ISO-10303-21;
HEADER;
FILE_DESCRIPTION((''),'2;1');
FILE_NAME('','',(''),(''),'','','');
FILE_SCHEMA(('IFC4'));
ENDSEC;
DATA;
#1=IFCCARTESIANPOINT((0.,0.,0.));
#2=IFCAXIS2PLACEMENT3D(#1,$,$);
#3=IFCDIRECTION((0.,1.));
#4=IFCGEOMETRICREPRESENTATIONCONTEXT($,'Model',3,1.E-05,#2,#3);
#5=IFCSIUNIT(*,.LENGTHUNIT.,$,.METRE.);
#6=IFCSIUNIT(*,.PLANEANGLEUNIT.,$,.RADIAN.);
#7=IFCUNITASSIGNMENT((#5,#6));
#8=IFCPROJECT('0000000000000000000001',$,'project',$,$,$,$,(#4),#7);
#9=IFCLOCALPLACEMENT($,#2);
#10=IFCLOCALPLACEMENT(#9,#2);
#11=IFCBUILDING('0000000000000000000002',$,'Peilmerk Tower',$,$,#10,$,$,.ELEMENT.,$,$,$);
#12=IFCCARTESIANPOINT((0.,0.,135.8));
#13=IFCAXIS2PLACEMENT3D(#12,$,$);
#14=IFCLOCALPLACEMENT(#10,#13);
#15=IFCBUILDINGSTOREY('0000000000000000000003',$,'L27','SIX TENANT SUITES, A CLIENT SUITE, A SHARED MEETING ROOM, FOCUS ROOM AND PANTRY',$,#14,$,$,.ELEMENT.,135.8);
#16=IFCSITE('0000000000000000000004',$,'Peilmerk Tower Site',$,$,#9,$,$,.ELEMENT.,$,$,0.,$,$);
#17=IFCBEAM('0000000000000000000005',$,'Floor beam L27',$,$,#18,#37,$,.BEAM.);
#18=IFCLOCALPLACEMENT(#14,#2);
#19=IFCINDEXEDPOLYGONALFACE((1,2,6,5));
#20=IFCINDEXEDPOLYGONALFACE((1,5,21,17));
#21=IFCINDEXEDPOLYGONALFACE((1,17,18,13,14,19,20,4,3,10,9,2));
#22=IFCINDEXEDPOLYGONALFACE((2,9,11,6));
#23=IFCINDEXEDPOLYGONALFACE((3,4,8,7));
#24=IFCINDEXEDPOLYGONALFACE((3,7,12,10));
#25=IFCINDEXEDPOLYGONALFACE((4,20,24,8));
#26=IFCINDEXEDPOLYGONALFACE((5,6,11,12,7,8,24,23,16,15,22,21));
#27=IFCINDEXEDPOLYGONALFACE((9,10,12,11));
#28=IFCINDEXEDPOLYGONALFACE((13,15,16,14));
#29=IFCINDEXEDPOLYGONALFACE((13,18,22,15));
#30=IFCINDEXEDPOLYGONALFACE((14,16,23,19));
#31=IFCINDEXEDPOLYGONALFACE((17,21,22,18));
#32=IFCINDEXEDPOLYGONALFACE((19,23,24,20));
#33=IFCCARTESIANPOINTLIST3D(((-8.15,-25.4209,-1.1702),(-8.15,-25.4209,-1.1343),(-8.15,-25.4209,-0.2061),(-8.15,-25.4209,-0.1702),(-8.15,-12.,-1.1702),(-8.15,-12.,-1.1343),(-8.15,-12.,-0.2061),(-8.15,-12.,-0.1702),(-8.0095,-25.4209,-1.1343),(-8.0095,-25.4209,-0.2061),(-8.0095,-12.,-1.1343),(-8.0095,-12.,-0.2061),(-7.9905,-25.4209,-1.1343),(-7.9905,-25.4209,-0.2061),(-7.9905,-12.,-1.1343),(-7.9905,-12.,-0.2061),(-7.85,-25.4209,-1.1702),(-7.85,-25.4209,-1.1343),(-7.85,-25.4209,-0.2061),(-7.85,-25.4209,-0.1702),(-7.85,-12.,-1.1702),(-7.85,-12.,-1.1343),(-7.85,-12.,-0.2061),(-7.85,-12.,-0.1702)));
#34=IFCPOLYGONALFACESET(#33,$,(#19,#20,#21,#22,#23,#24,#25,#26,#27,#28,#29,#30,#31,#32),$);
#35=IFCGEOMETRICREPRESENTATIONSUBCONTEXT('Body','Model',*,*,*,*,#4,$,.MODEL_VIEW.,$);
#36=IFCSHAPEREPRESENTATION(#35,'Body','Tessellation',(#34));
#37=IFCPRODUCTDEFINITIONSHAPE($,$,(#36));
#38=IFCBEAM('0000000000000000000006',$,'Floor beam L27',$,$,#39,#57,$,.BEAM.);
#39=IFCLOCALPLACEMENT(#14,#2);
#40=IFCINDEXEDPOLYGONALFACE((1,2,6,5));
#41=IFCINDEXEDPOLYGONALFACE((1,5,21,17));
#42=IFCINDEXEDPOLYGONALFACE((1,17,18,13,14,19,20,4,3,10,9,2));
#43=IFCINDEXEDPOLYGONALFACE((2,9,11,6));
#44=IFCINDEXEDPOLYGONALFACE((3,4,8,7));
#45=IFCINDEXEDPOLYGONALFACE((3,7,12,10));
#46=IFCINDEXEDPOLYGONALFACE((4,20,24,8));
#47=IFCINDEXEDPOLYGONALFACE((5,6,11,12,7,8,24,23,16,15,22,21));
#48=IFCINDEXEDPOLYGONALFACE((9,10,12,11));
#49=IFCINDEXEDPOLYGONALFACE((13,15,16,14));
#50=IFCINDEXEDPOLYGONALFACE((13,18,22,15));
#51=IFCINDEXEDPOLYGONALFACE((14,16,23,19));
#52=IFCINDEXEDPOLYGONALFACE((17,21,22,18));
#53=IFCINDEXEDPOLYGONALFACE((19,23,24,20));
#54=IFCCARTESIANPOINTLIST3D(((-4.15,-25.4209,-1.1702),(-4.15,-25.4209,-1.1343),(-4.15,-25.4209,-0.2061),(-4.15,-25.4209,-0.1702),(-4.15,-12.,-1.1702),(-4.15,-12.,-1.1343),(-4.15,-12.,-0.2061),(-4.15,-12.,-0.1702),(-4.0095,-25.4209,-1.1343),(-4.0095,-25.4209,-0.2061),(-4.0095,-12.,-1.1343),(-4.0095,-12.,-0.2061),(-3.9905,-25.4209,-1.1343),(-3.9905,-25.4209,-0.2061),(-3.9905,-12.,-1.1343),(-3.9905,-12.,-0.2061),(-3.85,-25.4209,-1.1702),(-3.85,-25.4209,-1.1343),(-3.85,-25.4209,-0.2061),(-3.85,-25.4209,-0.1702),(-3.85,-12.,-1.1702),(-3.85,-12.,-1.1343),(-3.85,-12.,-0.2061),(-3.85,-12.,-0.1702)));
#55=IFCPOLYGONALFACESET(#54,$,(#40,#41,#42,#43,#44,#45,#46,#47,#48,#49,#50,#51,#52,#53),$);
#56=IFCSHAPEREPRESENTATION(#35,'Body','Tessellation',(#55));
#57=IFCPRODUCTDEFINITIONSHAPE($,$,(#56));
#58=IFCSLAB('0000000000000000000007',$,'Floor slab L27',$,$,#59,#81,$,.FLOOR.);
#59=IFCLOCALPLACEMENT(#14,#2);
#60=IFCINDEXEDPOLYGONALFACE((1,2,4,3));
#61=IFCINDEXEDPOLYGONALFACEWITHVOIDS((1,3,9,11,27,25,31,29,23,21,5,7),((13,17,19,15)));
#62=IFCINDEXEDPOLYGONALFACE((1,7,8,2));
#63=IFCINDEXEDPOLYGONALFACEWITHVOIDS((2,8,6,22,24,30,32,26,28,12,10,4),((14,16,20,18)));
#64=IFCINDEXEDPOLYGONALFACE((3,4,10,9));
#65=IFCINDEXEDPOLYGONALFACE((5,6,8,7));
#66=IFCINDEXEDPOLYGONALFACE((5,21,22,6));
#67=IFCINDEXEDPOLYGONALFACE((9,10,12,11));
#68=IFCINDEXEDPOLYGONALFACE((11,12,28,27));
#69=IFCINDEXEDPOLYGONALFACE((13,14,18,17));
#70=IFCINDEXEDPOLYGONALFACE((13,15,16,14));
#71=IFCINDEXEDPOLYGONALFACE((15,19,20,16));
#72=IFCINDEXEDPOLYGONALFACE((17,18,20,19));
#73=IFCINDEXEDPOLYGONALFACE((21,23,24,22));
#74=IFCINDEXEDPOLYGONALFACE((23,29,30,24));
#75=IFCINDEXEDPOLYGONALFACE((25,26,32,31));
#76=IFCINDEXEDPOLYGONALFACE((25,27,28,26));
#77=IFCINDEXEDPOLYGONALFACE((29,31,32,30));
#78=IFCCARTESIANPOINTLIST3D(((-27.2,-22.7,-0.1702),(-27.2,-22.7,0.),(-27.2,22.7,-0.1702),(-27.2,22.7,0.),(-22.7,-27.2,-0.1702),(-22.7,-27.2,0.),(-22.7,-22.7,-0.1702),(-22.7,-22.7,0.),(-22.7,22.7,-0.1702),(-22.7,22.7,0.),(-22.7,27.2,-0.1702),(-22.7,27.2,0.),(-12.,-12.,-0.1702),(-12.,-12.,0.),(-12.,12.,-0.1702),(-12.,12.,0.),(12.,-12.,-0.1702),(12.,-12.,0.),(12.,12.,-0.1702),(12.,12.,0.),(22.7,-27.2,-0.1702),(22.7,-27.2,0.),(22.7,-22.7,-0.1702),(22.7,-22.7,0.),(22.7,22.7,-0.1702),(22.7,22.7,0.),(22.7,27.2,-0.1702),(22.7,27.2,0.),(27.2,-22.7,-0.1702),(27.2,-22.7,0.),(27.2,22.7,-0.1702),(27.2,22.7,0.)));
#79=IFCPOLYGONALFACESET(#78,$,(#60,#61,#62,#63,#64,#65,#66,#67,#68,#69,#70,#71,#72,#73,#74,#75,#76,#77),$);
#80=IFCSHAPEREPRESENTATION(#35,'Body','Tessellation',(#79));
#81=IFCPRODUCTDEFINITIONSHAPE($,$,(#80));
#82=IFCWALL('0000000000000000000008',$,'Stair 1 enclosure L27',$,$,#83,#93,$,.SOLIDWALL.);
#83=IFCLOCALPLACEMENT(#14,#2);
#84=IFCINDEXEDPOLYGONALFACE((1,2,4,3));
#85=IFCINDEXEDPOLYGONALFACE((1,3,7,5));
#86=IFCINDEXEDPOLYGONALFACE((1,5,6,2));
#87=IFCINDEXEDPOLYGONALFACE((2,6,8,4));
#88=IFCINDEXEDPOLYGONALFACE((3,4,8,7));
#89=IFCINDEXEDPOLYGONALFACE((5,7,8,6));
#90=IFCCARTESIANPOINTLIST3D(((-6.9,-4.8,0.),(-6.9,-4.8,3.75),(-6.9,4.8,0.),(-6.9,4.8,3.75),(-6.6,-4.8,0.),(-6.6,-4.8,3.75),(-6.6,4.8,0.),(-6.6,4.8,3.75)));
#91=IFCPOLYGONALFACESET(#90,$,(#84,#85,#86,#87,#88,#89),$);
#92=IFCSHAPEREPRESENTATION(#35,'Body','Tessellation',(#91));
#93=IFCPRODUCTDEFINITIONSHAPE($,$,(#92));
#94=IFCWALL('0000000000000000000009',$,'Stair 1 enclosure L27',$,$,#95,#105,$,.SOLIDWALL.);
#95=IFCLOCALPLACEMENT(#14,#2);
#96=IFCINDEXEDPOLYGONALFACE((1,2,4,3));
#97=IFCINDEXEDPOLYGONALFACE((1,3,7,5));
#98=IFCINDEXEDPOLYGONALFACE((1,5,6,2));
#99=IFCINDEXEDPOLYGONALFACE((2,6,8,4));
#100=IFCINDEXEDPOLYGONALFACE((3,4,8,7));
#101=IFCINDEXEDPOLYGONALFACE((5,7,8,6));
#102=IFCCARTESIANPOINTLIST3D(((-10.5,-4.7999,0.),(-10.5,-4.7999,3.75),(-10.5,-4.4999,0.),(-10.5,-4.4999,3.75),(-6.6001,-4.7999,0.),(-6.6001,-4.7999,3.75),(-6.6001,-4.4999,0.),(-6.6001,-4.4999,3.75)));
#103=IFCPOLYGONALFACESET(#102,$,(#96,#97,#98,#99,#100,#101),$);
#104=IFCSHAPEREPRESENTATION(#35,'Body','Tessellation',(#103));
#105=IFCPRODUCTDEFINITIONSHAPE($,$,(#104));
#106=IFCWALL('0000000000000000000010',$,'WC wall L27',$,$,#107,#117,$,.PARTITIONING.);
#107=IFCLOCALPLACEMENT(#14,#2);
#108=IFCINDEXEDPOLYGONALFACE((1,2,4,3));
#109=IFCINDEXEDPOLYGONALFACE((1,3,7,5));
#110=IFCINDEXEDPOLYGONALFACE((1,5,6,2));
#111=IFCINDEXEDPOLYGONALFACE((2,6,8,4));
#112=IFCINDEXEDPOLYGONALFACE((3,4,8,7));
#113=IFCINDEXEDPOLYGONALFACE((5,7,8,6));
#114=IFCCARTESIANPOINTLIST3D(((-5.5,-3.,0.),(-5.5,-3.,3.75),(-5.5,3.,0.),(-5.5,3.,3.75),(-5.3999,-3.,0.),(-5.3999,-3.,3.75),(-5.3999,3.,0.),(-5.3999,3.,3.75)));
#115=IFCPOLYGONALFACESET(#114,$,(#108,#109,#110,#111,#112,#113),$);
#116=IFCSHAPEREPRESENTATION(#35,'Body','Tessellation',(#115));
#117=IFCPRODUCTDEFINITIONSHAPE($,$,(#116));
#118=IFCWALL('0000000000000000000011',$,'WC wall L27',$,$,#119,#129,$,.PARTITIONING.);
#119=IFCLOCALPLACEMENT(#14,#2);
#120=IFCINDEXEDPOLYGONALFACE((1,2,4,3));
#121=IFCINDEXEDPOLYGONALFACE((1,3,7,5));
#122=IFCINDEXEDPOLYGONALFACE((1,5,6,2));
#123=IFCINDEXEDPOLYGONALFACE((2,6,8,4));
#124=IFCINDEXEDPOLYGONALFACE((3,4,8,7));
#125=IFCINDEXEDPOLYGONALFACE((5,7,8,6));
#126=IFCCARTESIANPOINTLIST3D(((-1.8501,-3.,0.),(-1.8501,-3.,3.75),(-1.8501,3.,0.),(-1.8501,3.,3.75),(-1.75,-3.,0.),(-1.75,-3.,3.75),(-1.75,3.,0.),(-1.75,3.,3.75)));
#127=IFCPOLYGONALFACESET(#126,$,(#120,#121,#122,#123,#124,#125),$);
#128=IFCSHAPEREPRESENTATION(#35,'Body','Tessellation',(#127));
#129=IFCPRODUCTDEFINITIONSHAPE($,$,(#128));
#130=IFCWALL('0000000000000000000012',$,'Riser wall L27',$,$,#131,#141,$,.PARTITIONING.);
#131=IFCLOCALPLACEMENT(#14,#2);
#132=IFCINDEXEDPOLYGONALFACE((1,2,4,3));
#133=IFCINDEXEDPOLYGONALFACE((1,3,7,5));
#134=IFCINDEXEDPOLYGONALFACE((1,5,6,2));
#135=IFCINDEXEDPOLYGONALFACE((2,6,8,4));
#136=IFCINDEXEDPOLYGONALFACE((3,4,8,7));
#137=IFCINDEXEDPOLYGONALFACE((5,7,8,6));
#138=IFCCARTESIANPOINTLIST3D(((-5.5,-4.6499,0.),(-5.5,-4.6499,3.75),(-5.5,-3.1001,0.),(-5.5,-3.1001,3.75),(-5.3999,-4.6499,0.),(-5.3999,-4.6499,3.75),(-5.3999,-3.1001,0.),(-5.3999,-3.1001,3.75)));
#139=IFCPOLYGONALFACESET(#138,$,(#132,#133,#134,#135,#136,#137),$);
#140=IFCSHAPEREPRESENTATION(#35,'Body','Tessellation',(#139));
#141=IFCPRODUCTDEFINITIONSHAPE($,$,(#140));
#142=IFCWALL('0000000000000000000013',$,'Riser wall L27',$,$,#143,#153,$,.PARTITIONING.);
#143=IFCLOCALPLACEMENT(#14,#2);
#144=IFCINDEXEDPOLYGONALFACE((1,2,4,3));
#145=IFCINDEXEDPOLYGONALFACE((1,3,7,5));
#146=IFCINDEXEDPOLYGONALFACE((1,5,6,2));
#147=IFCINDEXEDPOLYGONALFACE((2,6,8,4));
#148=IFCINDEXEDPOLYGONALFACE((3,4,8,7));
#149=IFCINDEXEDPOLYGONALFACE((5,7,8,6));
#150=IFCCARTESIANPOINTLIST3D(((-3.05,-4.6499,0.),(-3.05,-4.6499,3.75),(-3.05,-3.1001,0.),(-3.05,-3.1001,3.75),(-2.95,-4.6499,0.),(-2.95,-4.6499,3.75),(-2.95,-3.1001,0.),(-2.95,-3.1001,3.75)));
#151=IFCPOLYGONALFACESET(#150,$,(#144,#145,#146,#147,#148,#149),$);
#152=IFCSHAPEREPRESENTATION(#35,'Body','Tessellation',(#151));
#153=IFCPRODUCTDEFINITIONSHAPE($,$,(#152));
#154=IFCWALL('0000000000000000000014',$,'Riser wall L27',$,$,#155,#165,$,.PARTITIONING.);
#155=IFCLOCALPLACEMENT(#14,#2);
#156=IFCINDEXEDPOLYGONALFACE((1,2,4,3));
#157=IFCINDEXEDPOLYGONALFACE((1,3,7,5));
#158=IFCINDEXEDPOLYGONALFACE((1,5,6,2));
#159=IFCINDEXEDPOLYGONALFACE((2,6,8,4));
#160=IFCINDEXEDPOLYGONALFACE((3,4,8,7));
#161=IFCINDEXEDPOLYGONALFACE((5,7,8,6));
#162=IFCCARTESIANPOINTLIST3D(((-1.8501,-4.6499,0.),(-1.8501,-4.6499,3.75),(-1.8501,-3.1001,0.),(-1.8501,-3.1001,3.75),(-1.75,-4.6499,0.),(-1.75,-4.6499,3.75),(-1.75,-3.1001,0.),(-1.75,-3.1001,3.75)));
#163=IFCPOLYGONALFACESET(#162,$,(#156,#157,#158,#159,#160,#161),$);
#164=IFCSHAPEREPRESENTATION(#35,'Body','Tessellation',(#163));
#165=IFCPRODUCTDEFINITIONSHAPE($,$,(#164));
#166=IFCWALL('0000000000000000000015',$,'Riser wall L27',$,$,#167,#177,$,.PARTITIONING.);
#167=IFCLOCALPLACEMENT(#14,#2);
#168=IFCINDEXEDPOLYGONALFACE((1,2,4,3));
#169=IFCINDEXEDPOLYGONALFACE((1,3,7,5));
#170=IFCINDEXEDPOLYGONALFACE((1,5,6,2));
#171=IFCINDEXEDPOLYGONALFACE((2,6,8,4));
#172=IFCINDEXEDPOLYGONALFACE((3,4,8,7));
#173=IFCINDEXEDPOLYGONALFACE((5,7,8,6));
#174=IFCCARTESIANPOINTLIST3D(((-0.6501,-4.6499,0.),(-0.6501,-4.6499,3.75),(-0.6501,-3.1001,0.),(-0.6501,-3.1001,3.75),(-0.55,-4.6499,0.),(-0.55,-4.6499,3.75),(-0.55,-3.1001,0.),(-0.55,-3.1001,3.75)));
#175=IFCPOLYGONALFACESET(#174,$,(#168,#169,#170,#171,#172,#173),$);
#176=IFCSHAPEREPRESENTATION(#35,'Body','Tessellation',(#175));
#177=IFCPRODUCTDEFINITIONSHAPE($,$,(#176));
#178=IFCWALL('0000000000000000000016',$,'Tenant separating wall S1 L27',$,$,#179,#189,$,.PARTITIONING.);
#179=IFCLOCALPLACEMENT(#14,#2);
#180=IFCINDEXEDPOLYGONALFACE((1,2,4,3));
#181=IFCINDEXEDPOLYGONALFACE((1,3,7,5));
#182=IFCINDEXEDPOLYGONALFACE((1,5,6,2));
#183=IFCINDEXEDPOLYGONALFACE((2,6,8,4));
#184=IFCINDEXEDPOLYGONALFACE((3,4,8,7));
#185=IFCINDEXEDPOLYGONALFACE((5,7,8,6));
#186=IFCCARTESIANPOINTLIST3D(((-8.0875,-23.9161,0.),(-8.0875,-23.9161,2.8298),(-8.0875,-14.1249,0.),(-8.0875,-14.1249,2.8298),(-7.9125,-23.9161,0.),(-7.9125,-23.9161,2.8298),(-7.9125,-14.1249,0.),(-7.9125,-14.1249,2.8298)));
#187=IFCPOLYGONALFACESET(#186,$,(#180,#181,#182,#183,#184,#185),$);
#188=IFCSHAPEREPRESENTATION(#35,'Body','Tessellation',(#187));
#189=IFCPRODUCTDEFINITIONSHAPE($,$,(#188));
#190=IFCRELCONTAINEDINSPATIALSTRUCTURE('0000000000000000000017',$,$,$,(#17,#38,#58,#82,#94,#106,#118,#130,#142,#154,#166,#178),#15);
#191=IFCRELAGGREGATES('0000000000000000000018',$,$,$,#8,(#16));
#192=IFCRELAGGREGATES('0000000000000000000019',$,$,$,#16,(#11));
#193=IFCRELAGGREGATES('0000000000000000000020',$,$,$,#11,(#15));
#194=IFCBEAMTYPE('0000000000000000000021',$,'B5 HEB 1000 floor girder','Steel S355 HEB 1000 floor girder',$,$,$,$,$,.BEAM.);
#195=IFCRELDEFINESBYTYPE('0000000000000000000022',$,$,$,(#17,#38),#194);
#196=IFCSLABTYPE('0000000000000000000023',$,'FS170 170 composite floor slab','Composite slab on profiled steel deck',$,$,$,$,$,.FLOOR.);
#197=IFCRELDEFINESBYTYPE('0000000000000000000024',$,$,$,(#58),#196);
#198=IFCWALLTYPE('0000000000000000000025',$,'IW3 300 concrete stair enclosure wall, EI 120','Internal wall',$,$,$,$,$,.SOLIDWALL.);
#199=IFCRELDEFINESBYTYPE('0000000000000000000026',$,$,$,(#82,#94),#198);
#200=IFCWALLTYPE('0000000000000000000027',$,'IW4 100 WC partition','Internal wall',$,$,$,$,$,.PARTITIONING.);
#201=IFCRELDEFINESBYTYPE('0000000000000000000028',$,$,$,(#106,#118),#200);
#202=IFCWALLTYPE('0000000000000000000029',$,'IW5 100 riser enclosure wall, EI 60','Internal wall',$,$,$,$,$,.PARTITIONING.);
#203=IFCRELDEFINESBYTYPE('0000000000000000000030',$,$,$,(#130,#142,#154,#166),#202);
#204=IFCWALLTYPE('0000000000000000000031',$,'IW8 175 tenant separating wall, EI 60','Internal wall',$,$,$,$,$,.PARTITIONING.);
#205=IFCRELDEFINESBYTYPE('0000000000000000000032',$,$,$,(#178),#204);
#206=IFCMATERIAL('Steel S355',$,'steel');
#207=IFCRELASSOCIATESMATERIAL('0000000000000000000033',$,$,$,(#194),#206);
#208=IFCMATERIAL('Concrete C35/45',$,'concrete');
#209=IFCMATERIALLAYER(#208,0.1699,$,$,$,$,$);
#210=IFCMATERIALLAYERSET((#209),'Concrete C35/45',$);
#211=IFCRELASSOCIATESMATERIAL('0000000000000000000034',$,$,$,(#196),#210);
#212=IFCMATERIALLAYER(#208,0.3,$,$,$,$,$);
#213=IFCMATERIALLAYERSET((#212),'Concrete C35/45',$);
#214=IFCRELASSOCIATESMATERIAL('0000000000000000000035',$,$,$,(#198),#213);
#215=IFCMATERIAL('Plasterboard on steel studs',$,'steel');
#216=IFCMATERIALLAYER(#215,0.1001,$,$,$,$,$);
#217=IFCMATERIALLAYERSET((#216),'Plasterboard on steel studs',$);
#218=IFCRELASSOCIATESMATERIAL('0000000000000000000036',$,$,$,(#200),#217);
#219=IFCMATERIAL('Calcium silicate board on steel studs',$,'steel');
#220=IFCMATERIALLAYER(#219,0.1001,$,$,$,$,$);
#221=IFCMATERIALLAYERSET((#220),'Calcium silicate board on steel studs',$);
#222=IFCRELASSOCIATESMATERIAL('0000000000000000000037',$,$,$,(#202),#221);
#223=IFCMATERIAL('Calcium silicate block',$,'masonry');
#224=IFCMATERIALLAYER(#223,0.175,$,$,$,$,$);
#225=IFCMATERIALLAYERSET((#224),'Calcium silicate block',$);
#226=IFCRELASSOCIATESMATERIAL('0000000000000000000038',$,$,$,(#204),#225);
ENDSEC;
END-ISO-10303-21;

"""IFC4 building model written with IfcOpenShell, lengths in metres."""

from ifc_helpers import new_model, si_unit, direction, frame, frame_2d, origin, origin_2d, place, context, subcontext, project, spatial, polyline, rectangle, i_section, outline, extrude, material, layer, layer_set, material_profile, profile_set, type_object, element, save


model = new_model("IFC4")

# Units and contexts
model_context = context("Model", 3, precision=1e-05, world=origin(), true_north=direction((0.0, 1.0)))
body_context = subcontext(model_context, "Body", "Model", "MODEL_VIEW")
ifc_project = project(units=[si_unit("LENGTHUNIT", "METRE"), si_unit("PLANEANGLEUNIT", "RADIAN")], contexts=[model_context])

# Site, building, storey
site_placement = place(None, origin())
site = spatial("IfcSite", under=ifc_project, at=site_placement, Name="Peilmerk Tower Site", CompositionType="ELEMENT", RefElevation=0.0)
building_placement = place(site_placement, origin())
building = spatial("IfcBuilding", under=site, at=building_placement, Name="Peilmerk Tower", CompositionType="ELEMENT")
storey_placement = place(building_placement, frame((0.0, 0.0, 135.8)))
storey = spatial("IfcBuildingStorey", under=building, at=storey_placement, Name="L27", Description="SIX TENANT SUITES, A CLIENT SUITE, A SHARED MEETING ROOM, FOCUS ROOM AND PANTRY", CompositionType="ELEMENT", Elevation=135.8)

# Beams
ifc_material_1 = material(Name="Steel S355", Category="steel")
ifc_material_profile = material_profile(ifc_material_1, i_section(OverallWidth=0.3, OverallDepth=1.0, WebThickness=0.019, FlangeThickness=0.0359, at=origin_2d()), Name="HEB 1000")
ifc_profile_set = profile_set([ifc_material_profile], Name="Steel S355")
beam_type = type_object("IfcBeamType", Name="B5 HEB 1000 floor girder", Description="Steel S355 HEB 1000 floor girder", PredefinedType="BEAM", material=ifc_profile_set)
for number, where, z_axis, x_axis, name in (
    (1, (-8.0, -12.0, -0.6702), (0.0, -1.0, 0.0), (1.0, 0.0, 0.0), "Floor beam L27"),
    (2, (-4.0, -12.0, -0.6702), (0.0, -1.0, 0.0), (1.0, 0.0, 0.0), "Floor beam L27"),
):
    element("IfcBeam", number, at=place(storey_placement, frame(where, z_axis=z_axis, x_axis=x_axis)), inside=storey, type_object=beam_type, Name=name, PredefinedType="BEAM", context=body_context, shape_type="SweptSolid", body=[
        extrude(i_section(OverallWidth=0.3, OverallDepth=1.0, WebThickness=0.019, FlangeThickness=0.0359, at=origin_2d()), origin(), (0.0, 0.0, 1.0), 13.4209),
    ])

# Slab
ifc_material_2 = material(Name="Concrete C35/45", Category="concrete")
ifc_layer_1 = layer(ifc_material_2, 0.1699)
ifc_layer_set_1 = layer_set([ifc_layer_1], Name="Concrete C35/45")
slab_type = type_object("IfcSlabType", Name="FS170 170 composite floor slab", Description="Composite slab on profiled steel deck", PredefinedType="FLOOR", material=ifc_layer_set_1)
slab_placement = place(storey_placement, frame((0.0, 0.0, -0.1702)))
element("IfcSlab", 3, at=slab_placement, inside=storey, type_object=slab_type, Name="Floor slab L27", PredefinedType="FLOOR", context=body_context, shape_type="SweptSolid", body=[
    extrude(outline(polyline([(-22.7, -27.2), (22.7, -27.2), (22.7, -22.7), (27.2, -22.7), (27.2, 22.7), (22.7, 22.7), (22.7, 27.2), (-22.7, 27.2), (-22.7, 22.7), (-27.2, 22.7), (-27.2, -22.7), (-22.7, -22.7), (-22.7, -27.2)]), holes=[polyline([(12.0, 12.0), (12.0, -12.0), (-12.0, -12.0), (-12.0, 12.0), (12.0, 12.0)])]), origin(), (0.0, 0.0, 1.0), 0.1702),
])

# Walls
ifc_layer_2 = layer(ifc_material_2, 0.3)
ifc_layer_set_2 = layer_set([ifc_layer_2], Name="Concrete C35/45")
wall_type_1 = type_object("IfcWallType", Name="IW3 300 concrete stair enclosure wall, EI 120", Description="Internal wall", PredefinedType="SOLIDWALL", material=ifc_layer_set_2)
wall_1_placement = place(storey_placement, frame((-6.75, -4.8, 0.0), z_axis=(0.0, 0.0, 1.0), x_axis=(0.0, 1.0, 0.0)))
element("IfcWall", 4, at=wall_1_placement, inside=storey, type_object=wall_type_1, Name="Stair 1 enclosure L27", PredefinedType="SOLIDWALL", context=body_context, shape_type="SweptSolid", body=[
    extrude(rectangle(XDim=9.6001, YDim=0.3, at=frame_2d((4.8, 0.0))), origin(), (0.0, 0.0, 1.0), 3.75),
])
wall_2_placement = place(storey_placement, frame((-6.6001, -4.6499, 0.0), z_axis=(0.0, 0.0, 1.0), x_axis=(-1.0, 0.0, 0.0)))
element("IfcWall", 5, at=wall_2_placement, inside=storey, type_object=wall_type_1, Name="Stair 1 enclosure L27", PredefinedType="SOLIDWALL", context=body_context, shape_type="SweptSolid", body=[
    extrude(rectangle(XDim=3.8999, YDim=0.3, at=frame_2d((1.95, 0.0))), origin(), (0.0, 0.0, 1.0), 3.75),
])
ifc_material_3 = material(Name="Plasterboard on steel studs", Category="steel")
ifc_layer_3 = layer(ifc_material_3, 0.1001)
ifc_layer_set_3 = layer_set([ifc_layer_3], Name="Plasterboard on steel studs")
wall_type_2 = type_object("IfcWallType", Name="IW4 100 WC partition", Description="Internal wall", PredefinedType="PARTITIONING", material=ifc_layer_set_3)
for number, where, z_axis, x_axis, name in (
    (6, (-5.45, -3.0, 0.0), (0.0, 0.0, 1.0), (0.0, 1.0, 0.0), "WC wall L27"),
    (7, (-1.8, -3.0, 0.0), (0.0, 0.0, 1.0), (0.0, 1.0, 0.0), "WC wall L27"),
):
    element("IfcWall", number, at=place(storey_placement, frame(where, z_axis=z_axis, x_axis=x_axis)), inside=storey, type_object=wall_type_2, Name=name, PredefinedType="PARTITIONING", context=body_context, shape_type="SweptSolid", body=[
        extrude(rectangle(XDim=6.0, YDim=0.1001, at=frame_2d((3.0, 0.0))), origin(), (0.0, 0.0, 1.0), 3.75),
    ])
ifc_material_4 = material(Name="Calcium silicate board on steel studs", Category="steel")
ifc_layer_4 = layer(ifc_material_4, 0.1001)
ifc_layer_set_4 = layer_set([ifc_layer_4], Name="Calcium silicate board on steel studs")
wall_type_3 = type_object("IfcWallType", Name="IW5 100 riser enclosure wall, EI 60", Description="Internal wall", PredefinedType="PARTITIONING", material=ifc_layer_set_4)
for number, where, z_axis, x_axis, name in (
    (8, (-5.45, -3.1001, 0.0), (0.0, 0.0, 1.0), (0.0, -1.0, 0.0), "Riser wall L27"),
    (9, (-3.0, -3.1001, 0.0), (0.0, 0.0, 1.0), (0.0, -1.0, 0.0), "Riser wall L27"),
    (10, (-1.8, -3.1001, 0.0), (0.0, 0.0, 1.0), (0.0, -1.0, 0.0), "Riser wall L27"),
    (11, (-0.6001, -3.1001, 0.0), (0.0, 0.0, 1.0), (0.0, -1.0, 0.0), "Riser wall L27"),
):
    element("IfcWall", number, at=place(storey_placement, frame(where, z_axis=z_axis, x_axis=x_axis)), inside=storey, type_object=wall_type_3, Name=name, PredefinedType="PARTITIONING", context=body_context, shape_type="SweptSolid", body=[
        extrude(rectangle(XDim=1.5498, YDim=0.1001, at=frame_2d((0.7749, 0.0))), origin(), (0.0, 0.0, 1.0), 3.75),
    ])
ifc_material_5 = material(Name="Calcium silicate block", Category="masonry")
ifc_layer_5 = layer(ifc_material_5, 0.175)
ifc_layer_set_5 = layer_set([ifc_layer_5], Name="Calcium silicate block")
wall_type_4 = type_object("IfcWallType", Name="IW8 175 tenant separating wall, EI 60", Description="Internal wall", PredefinedType="PARTITIONING", material=ifc_layer_set_5)
wall_3_placement = place(storey_placement, frame((-8.0, -14.125, 0.0), z_axis=(0.0, 0.0, 1.0), x_axis=(0.0, -1.0, 0.0)))
element("IfcWall", 12, at=wall_3_placement, inside=storey, type_object=wall_type_4, Name="Tenant separating wall S1 L27", PredefinedType="PARTITIONING", context=body_context, shape_type="SweptSolid", body=[
    extrude(rectangle(XDim=9.7913, YDim=0.175, at=frame_2d((4.8955, 0.0))), origin(), (0.0, 0.0, 1.0), 2.8298),
])

save(model, "model.ifc")
